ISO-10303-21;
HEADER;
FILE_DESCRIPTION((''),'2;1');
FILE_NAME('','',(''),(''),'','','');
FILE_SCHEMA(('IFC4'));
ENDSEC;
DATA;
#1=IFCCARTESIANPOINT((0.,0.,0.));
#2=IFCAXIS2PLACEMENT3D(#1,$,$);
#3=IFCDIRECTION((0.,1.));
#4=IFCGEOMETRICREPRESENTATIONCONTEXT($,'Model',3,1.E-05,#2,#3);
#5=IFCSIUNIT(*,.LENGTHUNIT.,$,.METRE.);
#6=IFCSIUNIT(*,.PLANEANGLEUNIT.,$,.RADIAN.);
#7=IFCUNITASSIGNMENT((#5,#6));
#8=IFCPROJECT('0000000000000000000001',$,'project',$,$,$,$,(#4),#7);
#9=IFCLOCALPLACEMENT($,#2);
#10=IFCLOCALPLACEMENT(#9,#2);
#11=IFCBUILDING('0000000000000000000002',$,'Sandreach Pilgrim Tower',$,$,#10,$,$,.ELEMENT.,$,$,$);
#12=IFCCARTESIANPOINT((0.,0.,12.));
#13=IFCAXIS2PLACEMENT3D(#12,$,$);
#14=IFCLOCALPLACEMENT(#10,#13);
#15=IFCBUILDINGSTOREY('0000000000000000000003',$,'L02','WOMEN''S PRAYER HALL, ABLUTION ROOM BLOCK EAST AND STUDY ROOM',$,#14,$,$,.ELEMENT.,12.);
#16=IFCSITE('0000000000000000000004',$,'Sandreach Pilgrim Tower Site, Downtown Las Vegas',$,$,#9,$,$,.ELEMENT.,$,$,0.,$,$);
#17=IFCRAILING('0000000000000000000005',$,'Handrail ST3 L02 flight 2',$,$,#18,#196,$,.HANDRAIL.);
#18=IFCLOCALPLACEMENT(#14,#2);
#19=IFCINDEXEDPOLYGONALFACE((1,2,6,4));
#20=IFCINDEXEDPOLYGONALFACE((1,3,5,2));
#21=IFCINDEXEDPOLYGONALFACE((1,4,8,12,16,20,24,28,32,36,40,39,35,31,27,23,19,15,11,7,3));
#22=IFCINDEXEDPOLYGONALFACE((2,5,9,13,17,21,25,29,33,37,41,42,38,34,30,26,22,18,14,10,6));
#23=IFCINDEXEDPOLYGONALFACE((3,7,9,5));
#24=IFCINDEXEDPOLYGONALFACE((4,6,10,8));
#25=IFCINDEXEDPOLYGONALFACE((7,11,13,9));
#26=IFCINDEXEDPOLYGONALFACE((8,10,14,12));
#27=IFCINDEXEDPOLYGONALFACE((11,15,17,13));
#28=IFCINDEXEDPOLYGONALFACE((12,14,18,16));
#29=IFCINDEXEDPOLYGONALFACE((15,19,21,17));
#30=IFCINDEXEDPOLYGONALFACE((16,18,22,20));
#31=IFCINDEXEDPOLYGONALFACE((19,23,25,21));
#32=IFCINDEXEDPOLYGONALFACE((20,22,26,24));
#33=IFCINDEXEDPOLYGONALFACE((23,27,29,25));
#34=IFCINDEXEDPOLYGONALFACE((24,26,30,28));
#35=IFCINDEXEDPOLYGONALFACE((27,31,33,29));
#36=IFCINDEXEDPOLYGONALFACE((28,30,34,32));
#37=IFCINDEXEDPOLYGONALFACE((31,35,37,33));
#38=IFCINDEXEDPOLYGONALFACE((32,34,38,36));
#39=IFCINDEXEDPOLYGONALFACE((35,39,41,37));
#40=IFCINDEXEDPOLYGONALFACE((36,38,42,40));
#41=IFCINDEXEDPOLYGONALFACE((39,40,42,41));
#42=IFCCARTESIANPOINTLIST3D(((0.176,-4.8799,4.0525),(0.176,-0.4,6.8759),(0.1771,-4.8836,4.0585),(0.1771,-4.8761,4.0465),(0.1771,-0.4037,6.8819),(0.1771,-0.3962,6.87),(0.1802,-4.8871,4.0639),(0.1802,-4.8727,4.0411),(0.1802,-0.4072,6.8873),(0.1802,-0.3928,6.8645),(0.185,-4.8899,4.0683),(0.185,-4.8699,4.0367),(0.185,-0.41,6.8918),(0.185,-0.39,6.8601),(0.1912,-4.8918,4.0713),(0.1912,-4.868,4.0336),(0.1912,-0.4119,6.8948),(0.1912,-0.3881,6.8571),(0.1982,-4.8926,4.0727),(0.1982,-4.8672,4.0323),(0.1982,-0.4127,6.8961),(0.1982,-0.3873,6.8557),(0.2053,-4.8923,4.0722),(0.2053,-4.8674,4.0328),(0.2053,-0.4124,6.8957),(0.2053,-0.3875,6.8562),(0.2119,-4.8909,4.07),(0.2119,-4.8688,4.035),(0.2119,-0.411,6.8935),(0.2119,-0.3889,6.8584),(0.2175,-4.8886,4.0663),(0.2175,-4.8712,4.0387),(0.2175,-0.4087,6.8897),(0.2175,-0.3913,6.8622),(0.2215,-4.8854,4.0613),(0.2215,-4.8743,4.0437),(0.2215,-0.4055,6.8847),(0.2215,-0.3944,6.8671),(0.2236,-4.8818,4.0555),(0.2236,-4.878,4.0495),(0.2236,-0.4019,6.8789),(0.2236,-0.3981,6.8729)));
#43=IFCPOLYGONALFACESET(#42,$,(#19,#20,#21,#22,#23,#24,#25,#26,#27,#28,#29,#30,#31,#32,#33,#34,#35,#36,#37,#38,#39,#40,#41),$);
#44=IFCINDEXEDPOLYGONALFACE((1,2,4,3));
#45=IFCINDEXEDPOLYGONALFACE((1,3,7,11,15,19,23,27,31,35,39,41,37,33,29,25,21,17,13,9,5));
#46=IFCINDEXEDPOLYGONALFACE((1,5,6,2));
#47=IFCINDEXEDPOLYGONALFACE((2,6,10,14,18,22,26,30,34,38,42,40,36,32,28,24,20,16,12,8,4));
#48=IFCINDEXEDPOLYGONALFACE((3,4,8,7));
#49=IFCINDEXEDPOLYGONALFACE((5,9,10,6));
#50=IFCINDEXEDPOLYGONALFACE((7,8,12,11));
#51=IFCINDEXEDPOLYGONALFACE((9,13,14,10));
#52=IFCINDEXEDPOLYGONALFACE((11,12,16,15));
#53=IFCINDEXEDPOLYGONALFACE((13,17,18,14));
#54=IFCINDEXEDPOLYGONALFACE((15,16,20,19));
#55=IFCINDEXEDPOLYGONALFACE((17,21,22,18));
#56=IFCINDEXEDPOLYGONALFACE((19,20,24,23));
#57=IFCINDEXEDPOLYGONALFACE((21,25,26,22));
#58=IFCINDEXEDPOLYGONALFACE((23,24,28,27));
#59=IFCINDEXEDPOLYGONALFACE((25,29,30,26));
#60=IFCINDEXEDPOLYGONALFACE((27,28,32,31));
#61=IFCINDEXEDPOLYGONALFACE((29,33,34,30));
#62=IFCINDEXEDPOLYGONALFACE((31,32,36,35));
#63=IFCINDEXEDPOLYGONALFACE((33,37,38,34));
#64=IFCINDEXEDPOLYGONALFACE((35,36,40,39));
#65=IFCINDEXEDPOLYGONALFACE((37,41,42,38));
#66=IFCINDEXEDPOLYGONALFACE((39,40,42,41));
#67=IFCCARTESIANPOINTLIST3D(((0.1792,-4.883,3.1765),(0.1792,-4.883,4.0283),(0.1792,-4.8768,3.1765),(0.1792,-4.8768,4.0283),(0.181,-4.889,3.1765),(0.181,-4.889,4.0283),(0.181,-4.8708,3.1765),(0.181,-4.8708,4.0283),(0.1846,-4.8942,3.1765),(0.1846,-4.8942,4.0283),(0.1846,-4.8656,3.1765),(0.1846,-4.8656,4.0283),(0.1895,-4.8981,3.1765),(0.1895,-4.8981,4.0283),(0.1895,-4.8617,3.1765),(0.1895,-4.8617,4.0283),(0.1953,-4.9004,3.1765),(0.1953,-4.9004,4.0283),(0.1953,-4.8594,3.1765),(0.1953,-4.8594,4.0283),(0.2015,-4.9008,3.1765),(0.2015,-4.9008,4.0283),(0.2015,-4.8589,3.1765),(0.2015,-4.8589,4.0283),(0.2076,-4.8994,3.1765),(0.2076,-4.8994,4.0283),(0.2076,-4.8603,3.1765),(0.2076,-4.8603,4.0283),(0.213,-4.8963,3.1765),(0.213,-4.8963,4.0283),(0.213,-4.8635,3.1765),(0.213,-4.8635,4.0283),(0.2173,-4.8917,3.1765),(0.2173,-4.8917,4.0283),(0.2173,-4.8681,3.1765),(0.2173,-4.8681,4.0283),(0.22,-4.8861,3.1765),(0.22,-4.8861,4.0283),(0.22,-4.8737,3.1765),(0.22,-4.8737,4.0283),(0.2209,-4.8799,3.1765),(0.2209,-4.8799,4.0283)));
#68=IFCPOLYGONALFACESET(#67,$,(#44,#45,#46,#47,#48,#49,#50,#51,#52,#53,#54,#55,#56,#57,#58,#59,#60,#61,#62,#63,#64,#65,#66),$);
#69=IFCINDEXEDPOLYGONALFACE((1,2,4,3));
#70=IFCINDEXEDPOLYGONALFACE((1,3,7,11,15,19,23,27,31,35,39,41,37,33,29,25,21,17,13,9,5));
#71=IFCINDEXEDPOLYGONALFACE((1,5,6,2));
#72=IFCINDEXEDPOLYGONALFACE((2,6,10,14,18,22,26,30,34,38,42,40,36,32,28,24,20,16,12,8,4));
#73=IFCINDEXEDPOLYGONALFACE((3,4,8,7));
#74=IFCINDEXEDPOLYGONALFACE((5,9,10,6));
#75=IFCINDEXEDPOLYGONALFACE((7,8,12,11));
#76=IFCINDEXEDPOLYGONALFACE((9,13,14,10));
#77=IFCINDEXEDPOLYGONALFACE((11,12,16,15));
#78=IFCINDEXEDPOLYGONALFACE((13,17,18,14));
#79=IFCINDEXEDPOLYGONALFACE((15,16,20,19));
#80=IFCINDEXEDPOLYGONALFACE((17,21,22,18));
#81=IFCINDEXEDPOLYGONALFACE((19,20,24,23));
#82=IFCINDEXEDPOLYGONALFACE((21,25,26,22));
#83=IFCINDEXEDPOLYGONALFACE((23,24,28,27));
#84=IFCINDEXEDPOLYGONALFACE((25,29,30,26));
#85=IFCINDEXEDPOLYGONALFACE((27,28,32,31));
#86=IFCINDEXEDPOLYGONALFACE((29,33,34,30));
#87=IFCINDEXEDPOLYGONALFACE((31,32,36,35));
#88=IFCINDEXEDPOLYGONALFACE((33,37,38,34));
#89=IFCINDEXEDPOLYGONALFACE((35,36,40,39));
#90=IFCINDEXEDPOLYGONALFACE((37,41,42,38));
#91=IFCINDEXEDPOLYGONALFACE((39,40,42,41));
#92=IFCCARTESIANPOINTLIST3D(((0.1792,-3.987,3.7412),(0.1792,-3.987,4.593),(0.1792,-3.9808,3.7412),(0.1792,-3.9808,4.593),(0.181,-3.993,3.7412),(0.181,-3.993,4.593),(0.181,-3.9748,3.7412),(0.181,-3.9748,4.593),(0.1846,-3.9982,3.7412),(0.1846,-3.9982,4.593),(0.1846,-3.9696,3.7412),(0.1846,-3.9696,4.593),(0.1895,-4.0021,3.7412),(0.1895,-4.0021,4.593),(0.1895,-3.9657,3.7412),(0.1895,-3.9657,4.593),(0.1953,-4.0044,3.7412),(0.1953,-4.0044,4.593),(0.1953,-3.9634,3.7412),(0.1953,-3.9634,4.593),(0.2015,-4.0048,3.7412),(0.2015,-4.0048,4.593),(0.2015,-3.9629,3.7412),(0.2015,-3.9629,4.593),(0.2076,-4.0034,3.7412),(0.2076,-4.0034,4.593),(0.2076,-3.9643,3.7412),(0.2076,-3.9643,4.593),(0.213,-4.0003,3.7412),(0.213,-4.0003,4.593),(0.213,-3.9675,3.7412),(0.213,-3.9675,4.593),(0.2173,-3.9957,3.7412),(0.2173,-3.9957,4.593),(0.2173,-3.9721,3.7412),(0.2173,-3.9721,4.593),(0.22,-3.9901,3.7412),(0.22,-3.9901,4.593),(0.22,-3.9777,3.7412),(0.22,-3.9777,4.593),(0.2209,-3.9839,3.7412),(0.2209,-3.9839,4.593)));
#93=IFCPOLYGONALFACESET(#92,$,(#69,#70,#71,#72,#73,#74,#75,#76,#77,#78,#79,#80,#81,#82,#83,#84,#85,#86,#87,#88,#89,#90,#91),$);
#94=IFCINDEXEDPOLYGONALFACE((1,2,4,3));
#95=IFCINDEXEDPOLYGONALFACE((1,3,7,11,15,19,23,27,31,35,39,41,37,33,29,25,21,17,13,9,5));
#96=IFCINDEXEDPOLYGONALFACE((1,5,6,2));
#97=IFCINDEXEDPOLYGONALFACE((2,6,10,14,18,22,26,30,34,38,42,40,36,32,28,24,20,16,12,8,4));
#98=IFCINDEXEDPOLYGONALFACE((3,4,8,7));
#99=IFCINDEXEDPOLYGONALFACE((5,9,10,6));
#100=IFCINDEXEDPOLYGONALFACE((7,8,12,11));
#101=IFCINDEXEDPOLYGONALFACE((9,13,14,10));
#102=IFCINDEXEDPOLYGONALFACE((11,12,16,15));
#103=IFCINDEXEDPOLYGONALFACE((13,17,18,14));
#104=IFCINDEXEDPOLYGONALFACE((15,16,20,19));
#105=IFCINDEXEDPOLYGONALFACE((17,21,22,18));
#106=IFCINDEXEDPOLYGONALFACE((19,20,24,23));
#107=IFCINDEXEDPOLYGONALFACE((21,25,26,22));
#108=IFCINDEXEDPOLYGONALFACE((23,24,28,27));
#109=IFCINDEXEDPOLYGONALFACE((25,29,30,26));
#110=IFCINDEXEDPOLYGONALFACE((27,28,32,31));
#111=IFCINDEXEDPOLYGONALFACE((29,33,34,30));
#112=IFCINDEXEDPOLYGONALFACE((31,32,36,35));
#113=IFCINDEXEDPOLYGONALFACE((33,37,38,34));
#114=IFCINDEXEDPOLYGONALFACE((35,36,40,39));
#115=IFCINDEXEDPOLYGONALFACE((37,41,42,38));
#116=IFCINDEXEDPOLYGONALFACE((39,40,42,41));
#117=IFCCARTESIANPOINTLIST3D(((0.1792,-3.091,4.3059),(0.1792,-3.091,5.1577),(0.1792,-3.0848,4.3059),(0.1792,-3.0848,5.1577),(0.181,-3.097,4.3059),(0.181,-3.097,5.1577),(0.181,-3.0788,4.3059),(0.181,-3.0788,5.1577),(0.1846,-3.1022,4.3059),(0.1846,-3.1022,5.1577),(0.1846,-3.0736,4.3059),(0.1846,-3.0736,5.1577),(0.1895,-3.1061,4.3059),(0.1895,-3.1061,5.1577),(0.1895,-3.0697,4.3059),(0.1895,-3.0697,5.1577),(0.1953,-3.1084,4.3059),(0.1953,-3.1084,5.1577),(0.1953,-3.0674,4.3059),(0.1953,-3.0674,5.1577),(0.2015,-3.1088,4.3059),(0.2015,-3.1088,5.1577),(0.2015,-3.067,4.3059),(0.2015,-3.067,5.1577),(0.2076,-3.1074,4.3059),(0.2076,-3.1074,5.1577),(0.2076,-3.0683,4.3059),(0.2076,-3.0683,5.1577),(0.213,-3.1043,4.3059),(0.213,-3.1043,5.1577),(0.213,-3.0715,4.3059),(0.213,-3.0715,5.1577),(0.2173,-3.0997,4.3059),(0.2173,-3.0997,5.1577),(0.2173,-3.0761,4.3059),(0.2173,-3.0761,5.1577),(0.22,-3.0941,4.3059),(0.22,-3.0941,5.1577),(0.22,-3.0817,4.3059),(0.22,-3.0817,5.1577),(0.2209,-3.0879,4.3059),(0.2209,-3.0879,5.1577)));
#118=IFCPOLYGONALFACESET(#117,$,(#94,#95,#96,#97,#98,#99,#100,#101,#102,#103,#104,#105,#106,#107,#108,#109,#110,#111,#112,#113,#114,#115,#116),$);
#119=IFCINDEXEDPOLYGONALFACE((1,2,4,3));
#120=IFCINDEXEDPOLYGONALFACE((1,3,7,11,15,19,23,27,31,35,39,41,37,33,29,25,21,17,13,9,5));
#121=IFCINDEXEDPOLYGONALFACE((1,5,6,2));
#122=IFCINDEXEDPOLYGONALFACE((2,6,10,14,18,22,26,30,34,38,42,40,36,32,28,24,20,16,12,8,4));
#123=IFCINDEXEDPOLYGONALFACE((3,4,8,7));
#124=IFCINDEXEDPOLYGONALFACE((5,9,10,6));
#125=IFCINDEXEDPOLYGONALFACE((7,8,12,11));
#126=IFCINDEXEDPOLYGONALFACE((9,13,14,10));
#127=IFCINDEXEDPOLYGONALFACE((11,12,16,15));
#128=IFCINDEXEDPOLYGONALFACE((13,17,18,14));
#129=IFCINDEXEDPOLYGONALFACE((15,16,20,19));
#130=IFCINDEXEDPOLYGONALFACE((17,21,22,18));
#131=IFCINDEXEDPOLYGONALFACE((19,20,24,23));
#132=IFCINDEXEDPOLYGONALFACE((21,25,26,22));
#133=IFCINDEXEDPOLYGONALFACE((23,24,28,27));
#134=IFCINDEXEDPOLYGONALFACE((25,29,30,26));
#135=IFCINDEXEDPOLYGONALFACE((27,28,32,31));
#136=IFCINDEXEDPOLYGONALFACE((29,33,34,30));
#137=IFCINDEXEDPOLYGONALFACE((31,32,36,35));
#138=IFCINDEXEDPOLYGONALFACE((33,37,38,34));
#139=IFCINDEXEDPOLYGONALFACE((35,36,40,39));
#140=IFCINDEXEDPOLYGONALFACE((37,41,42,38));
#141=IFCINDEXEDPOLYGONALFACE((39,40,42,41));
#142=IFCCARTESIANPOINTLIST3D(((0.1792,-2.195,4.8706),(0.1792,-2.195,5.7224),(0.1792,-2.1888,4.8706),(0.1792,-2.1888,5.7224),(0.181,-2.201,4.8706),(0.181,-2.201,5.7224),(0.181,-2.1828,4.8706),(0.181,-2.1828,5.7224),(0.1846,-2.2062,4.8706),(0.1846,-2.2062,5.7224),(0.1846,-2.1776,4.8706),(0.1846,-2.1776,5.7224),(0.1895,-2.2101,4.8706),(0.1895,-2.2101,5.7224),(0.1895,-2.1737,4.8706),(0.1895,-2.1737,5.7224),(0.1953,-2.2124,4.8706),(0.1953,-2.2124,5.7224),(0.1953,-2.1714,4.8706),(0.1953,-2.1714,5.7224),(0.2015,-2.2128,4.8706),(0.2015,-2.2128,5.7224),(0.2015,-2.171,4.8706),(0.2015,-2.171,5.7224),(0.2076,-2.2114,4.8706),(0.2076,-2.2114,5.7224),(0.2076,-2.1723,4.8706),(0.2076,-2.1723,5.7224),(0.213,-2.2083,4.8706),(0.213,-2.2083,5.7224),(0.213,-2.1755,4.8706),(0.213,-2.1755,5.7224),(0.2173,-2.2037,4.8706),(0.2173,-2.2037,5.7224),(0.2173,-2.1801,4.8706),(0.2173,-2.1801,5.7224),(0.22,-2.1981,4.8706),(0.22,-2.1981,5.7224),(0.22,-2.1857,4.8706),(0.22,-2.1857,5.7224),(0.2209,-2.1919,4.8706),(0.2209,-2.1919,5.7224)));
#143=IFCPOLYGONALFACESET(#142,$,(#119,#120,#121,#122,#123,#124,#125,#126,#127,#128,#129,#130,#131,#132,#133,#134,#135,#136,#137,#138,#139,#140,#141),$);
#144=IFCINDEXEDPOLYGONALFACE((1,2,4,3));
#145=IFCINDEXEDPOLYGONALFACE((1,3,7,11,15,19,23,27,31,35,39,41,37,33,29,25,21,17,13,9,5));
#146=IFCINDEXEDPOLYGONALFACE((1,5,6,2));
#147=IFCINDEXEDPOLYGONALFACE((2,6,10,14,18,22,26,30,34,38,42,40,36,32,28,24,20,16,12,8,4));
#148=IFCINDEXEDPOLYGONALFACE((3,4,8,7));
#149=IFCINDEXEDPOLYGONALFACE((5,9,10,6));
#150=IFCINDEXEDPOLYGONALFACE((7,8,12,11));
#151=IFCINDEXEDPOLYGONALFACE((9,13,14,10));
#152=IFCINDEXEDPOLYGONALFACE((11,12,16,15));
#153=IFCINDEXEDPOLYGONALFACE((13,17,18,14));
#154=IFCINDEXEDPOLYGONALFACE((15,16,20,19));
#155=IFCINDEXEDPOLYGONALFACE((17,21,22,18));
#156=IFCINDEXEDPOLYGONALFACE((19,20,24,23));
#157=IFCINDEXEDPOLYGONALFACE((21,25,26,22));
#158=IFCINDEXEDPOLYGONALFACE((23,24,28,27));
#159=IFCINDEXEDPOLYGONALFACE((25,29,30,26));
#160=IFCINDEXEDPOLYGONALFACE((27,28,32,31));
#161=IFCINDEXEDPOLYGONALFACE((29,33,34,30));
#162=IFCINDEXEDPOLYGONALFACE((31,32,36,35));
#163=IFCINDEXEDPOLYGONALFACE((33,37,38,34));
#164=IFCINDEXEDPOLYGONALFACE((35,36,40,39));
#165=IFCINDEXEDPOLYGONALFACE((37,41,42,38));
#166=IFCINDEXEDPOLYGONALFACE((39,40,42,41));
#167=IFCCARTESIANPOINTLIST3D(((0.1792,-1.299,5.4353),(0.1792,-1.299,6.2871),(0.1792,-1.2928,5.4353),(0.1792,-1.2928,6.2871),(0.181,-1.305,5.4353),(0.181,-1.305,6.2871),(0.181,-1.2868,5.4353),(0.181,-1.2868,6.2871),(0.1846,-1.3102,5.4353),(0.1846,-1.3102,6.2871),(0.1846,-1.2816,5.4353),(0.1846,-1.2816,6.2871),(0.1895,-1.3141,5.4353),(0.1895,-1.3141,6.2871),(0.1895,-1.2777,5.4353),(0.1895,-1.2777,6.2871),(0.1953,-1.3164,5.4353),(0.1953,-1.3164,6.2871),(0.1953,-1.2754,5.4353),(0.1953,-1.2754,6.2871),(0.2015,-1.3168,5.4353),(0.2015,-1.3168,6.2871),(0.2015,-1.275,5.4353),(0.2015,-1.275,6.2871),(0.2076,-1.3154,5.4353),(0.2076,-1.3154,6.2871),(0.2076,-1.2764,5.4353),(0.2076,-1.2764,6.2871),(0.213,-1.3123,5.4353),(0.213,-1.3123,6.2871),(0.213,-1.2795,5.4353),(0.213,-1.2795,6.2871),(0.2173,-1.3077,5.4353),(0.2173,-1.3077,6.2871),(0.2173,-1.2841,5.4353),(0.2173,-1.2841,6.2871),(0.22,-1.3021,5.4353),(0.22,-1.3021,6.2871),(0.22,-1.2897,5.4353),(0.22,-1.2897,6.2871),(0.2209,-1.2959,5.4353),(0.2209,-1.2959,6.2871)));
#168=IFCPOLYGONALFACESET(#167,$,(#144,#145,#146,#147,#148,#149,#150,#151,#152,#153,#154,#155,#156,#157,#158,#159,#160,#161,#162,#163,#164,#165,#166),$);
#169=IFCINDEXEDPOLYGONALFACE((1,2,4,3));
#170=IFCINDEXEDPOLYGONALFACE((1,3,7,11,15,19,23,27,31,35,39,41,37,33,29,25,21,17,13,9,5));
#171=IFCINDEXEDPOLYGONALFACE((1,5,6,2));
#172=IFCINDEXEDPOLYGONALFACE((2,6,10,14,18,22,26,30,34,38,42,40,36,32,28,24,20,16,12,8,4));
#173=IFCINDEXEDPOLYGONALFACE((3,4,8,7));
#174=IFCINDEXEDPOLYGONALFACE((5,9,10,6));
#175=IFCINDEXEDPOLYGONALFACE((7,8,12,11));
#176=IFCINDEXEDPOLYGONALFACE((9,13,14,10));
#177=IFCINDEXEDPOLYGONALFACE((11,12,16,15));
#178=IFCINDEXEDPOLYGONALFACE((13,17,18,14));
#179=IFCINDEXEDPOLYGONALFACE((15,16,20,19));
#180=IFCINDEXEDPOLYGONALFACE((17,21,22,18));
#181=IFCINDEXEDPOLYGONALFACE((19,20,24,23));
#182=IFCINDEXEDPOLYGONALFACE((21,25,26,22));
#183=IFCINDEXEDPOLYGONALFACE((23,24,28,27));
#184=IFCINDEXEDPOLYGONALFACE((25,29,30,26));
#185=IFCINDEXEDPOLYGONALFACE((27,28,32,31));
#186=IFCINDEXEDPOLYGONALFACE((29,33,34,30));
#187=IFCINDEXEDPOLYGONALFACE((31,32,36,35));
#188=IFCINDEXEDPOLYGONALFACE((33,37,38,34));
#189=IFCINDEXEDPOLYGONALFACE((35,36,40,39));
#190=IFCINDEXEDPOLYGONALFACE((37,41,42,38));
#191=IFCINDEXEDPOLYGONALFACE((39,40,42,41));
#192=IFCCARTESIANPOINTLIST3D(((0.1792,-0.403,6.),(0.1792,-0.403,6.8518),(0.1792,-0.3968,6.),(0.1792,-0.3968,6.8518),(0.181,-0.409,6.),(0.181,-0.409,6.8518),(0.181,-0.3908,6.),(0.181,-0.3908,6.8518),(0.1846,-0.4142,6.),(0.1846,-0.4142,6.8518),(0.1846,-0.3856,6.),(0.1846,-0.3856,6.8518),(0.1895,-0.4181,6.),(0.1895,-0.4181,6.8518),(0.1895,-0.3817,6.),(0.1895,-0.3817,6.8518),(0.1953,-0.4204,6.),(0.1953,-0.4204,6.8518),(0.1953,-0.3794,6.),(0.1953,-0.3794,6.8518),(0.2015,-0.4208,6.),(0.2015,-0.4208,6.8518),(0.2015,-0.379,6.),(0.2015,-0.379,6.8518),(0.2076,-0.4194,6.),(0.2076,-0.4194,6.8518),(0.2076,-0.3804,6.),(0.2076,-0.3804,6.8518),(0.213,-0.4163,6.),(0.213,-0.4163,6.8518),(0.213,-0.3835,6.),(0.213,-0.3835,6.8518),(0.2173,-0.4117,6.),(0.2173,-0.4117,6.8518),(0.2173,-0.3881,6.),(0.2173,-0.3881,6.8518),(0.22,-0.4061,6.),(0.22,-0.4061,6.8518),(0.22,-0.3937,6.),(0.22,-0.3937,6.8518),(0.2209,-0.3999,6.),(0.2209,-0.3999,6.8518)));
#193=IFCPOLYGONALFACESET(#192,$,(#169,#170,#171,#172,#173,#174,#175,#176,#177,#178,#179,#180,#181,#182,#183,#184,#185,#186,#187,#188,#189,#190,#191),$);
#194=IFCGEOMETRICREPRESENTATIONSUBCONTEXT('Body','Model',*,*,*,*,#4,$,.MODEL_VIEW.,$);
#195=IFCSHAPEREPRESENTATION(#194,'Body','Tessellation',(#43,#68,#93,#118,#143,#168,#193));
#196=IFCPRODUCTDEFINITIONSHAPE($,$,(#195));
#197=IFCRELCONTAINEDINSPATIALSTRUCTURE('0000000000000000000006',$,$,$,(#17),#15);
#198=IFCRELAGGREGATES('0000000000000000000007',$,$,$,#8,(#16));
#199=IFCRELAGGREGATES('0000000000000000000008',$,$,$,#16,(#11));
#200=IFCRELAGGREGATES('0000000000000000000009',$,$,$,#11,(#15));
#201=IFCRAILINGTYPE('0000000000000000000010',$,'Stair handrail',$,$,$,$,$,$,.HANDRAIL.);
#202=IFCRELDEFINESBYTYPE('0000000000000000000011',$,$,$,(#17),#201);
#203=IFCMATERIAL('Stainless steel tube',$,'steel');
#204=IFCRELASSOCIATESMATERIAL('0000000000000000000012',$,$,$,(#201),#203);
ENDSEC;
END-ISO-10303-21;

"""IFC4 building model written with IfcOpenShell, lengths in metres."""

from ifc_helpers import new_model, si_unit, direction, frame, origin, origin_2d, place, context, subcontext, project, spatial, circle, extrude, material, type_object, element, save


model = new_model("IFC4")

# Units and contexts
model_context = context("Model", 3, precision=1e-05, world=origin(), true_north=direction((0.0, 1.0)))
body_context = subcontext(model_context, "Body", "Model", "MODEL_VIEW")
ifc_project = project(units=[si_unit("LENGTHUNIT", "METRE"), si_unit("PLANEANGLEUNIT", "RADIAN")], contexts=[model_context])

# Site, building, storey
site_placement = place(None, origin())
site = spatial("IfcSite", under=ifc_project, at=site_placement, Name="Sandreach Pilgrim Tower Site, Downtown Las Vegas", CompositionType="ELEMENT", RefElevation=0.0)
building_placement = place(site_placement, origin())
building = spatial("IfcBuilding", under=site, at=building_placement, Name="Sandreach Pilgrim Tower", CompositionType="ELEMENT")
storey_placement = place(building_placement, frame((0.0, 0.0, 12.0)))
storey = spatial("IfcBuildingStorey", under=building, at=storey_placement, Name="L02", Description="WOMEN'S PRAYER HALL, ABLUTION ROOM BLOCK EAST AND STUDY ROOM", CompositionType="ELEMENT", Elevation=12.0)

# Railing
ifc_material_1 = material(Name="Stainless steel tube", Category="steel")
railing_type = type_object("IfcRailingType", Name="Stair handrail", PredefinedType="HANDRAIL", material=ifc_material_1)
for number, where, name in (
    (1, (0.2, -4.8799, 3.1765), "Handrail ST3 L02 flight 2"),
):
    element("IfcRailing", number, at=place(storey_placement, frame(where)), inside=storey, type_object=railing_type, Name=name, PredefinedType="HANDRAIL", context=body_context, shape_type="SweptSolid", body=[
        extrude(circle(Radius=0.0239, at=origin_2d()), frame((0.0, 0.0, 0.876), z_axis=(0.0, 0.845998, 0.533186), x_axis=(-1.0, 0.0, 0.0)), (0.0, 0.0, 1.0), 5.2954),
        extrude(circle(Radius=0.021, at=origin_2d()), origin(), (0.0, 0.0, 1.0), 0.8518),
        extrude(circle(Radius=0.021, at=origin_2d()), frame((0.0, 0.896, 0.5647)), (0.0, 0.0, 1.0), 0.8518),
        extrude(circle(Radius=0.021, at=origin_2d()), frame((0.0, 1.792, 1.1294)), (0.0, 0.0, 1.0), 0.8518),
        extrude(circle(Radius=0.021, at=origin_2d()), frame((0.0, 2.688, 1.6941)), (0.0, 0.0, 1.0), 0.8518),
        extrude(circle(Radius=0.021, at=origin_2d()), frame((0.0, 3.584, 2.2588)), (0.0, 0.0, 1.0), 0.8518),
        extrude(circle(Radius=0.021, at=origin_2d()), frame((0.0, 4.48, 2.8235)), (0.0, 0.0, 1.0), 0.8518),
    ])

save(model, "model.ifc")
